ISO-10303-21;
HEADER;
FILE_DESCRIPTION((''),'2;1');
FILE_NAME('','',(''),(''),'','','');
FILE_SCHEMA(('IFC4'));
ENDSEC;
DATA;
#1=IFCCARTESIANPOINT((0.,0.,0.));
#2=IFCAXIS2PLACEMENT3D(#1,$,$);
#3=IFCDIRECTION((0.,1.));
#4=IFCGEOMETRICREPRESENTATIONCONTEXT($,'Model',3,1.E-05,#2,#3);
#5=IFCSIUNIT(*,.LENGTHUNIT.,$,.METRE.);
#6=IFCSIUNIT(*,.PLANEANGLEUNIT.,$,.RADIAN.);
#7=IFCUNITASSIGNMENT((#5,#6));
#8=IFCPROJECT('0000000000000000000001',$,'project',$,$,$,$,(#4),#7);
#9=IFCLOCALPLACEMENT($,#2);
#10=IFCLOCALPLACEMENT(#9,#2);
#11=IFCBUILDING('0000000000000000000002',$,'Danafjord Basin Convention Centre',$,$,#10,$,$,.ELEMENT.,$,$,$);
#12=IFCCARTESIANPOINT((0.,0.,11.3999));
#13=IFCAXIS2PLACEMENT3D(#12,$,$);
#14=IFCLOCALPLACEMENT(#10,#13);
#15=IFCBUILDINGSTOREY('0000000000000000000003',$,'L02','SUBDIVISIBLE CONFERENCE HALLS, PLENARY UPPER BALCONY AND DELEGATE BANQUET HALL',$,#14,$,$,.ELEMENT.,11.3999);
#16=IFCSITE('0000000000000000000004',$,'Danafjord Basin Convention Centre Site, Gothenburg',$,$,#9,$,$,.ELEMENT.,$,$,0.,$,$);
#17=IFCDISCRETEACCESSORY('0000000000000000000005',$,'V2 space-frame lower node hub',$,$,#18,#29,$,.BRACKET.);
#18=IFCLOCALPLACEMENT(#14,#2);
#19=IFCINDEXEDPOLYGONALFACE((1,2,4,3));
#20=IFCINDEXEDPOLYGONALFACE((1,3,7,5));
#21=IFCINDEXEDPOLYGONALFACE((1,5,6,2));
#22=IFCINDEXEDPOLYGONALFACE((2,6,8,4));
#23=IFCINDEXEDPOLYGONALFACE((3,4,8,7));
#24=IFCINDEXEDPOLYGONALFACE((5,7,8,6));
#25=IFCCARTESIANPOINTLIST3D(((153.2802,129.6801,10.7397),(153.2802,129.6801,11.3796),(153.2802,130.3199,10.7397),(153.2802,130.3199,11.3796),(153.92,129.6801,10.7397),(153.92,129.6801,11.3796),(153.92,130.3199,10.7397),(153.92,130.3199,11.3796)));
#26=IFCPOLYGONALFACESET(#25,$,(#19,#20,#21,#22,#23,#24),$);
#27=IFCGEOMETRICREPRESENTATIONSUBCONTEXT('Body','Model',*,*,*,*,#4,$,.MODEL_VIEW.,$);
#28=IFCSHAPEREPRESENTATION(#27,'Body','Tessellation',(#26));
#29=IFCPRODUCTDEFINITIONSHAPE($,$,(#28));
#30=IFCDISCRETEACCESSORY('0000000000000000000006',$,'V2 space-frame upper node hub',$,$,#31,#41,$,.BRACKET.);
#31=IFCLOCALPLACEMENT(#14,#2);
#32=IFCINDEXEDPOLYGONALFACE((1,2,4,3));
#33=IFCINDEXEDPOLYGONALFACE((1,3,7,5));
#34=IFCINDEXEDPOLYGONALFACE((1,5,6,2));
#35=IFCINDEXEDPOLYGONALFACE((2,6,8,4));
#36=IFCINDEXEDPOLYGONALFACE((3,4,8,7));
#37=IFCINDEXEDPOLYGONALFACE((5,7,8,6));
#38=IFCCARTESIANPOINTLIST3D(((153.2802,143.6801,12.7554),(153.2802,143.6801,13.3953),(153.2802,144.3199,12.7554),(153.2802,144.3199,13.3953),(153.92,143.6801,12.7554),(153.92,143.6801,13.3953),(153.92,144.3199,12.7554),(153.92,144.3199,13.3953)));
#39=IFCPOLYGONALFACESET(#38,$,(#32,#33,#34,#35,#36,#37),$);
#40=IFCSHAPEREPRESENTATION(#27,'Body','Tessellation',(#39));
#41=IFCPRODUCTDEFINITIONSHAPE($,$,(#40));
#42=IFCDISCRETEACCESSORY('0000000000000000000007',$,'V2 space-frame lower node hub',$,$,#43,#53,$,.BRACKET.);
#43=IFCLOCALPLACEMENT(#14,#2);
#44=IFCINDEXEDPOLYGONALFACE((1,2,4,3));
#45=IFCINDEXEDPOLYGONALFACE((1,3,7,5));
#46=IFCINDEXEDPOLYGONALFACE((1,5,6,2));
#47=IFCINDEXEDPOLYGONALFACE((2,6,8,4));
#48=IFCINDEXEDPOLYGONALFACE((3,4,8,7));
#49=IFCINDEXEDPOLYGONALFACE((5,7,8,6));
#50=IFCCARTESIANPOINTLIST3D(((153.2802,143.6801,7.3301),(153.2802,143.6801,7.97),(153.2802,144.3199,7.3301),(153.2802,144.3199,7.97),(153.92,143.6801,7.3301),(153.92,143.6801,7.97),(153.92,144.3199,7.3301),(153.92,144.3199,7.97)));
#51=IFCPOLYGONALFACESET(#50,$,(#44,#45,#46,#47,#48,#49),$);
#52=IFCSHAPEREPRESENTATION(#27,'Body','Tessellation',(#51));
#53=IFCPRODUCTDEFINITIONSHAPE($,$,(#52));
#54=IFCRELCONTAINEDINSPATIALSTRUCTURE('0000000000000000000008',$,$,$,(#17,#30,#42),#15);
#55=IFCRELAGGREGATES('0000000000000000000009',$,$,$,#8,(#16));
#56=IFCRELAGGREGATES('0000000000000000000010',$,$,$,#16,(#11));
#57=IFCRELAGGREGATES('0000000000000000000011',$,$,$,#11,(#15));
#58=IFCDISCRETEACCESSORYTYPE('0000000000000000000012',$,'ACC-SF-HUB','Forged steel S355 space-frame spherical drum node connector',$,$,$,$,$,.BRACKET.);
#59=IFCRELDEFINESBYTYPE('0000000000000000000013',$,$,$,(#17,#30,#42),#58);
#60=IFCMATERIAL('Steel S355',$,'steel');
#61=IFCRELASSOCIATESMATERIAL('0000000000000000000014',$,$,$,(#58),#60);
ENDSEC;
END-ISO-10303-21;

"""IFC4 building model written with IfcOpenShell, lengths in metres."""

from ifc_helpers import new_model, si_unit, direction, frame, origin, origin_2d, place, context, subcontext, project, spatial, rectangle, extrude, material, type_object, element, save


model = new_model("IFC4")

# Units and contexts
model_context = context("Model", 3, precision=1e-05, world=origin(), true_north=direction((0.0, 1.0)))
body_context = subcontext(model_context, "Body", "Model", "MODEL_VIEW")
ifc_project = project(units=[si_unit("LENGTHUNIT", "METRE"), si_unit("PLANEANGLEUNIT", "RADIAN")], contexts=[model_context])

# Site, building, storey
site_placement = place(None, origin())
site = spatial("IfcSite", under=ifc_project, at=site_placement, Name="Danafjord Basin Convention Centre Site, Gothenburg", CompositionType="ELEMENT", RefElevation=0.0)
building_placement = place(site_placement, origin())
building = spatial("IfcBuilding", under=site, at=building_placement, Name="Danafjord Basin Convention Centre", CompositionType="ELEMENT")
storey_placement = place(building_placement, frame((0.0, 0.0, 11.3999)))
storey = spatial("IfcBuildingStorey", under=building, at=storey_placement, Name="L02", Description="SUBDIVISIBLE CONFERENCE HALLS, PLENARY UPPER BALCONY AND DELEGATE BANQUET HALL", CompositionType="ELEMENT", Elevation=11.3999)

# Shared definitions
ifc_material = material(Name="Steel S355", Category="steel")

# Discrete accessories
discrete_accessory_type = type_object("IfcDiscreteAccessoryType", Name="ACC-SF-HUB", Description="Forged steel S355 space-frame spherical drum node connector", PredefinedType="BRACKET", material=ifc_material)
for number, where, z_axis, x_axis, name in (
    (1, (153.6001, 130.0, 10.7397), (0.0, 0.0, 1.0), (1.0, 0.0, 0.0), "V2 space-frame lower node hub"),
    (2, (153.6001, 144.0, 12.7554), (0.0, 0.0, 1.0), (1.0, 0.0, 0.0), "V2 space-frame upper node hub"),
    (3, (153.6001, 144.0, 7.3301), (0.0, 0.0, 1.0), (1.0, 0.0, 0.0), "V2 space-frame lower node hub"),
):
    element("IfcDiscreteAccessory", number, at=place(storey_placement, frame(where, z_axis=z_axis, x_axis=x_axis)), inside=storey, type_object=discrete_accessory_type, Name=name, PredefinedType="BRACKET", context=body_context, shape_type="SweptSolid", body=[
        extrude(rectangle(XDim=0.6399, YDim=0.6399, at=origin_2d()), origin(), (0.0, 0.0, 1.0), 0.6399),
    ])

save(model, "model.ifc")
